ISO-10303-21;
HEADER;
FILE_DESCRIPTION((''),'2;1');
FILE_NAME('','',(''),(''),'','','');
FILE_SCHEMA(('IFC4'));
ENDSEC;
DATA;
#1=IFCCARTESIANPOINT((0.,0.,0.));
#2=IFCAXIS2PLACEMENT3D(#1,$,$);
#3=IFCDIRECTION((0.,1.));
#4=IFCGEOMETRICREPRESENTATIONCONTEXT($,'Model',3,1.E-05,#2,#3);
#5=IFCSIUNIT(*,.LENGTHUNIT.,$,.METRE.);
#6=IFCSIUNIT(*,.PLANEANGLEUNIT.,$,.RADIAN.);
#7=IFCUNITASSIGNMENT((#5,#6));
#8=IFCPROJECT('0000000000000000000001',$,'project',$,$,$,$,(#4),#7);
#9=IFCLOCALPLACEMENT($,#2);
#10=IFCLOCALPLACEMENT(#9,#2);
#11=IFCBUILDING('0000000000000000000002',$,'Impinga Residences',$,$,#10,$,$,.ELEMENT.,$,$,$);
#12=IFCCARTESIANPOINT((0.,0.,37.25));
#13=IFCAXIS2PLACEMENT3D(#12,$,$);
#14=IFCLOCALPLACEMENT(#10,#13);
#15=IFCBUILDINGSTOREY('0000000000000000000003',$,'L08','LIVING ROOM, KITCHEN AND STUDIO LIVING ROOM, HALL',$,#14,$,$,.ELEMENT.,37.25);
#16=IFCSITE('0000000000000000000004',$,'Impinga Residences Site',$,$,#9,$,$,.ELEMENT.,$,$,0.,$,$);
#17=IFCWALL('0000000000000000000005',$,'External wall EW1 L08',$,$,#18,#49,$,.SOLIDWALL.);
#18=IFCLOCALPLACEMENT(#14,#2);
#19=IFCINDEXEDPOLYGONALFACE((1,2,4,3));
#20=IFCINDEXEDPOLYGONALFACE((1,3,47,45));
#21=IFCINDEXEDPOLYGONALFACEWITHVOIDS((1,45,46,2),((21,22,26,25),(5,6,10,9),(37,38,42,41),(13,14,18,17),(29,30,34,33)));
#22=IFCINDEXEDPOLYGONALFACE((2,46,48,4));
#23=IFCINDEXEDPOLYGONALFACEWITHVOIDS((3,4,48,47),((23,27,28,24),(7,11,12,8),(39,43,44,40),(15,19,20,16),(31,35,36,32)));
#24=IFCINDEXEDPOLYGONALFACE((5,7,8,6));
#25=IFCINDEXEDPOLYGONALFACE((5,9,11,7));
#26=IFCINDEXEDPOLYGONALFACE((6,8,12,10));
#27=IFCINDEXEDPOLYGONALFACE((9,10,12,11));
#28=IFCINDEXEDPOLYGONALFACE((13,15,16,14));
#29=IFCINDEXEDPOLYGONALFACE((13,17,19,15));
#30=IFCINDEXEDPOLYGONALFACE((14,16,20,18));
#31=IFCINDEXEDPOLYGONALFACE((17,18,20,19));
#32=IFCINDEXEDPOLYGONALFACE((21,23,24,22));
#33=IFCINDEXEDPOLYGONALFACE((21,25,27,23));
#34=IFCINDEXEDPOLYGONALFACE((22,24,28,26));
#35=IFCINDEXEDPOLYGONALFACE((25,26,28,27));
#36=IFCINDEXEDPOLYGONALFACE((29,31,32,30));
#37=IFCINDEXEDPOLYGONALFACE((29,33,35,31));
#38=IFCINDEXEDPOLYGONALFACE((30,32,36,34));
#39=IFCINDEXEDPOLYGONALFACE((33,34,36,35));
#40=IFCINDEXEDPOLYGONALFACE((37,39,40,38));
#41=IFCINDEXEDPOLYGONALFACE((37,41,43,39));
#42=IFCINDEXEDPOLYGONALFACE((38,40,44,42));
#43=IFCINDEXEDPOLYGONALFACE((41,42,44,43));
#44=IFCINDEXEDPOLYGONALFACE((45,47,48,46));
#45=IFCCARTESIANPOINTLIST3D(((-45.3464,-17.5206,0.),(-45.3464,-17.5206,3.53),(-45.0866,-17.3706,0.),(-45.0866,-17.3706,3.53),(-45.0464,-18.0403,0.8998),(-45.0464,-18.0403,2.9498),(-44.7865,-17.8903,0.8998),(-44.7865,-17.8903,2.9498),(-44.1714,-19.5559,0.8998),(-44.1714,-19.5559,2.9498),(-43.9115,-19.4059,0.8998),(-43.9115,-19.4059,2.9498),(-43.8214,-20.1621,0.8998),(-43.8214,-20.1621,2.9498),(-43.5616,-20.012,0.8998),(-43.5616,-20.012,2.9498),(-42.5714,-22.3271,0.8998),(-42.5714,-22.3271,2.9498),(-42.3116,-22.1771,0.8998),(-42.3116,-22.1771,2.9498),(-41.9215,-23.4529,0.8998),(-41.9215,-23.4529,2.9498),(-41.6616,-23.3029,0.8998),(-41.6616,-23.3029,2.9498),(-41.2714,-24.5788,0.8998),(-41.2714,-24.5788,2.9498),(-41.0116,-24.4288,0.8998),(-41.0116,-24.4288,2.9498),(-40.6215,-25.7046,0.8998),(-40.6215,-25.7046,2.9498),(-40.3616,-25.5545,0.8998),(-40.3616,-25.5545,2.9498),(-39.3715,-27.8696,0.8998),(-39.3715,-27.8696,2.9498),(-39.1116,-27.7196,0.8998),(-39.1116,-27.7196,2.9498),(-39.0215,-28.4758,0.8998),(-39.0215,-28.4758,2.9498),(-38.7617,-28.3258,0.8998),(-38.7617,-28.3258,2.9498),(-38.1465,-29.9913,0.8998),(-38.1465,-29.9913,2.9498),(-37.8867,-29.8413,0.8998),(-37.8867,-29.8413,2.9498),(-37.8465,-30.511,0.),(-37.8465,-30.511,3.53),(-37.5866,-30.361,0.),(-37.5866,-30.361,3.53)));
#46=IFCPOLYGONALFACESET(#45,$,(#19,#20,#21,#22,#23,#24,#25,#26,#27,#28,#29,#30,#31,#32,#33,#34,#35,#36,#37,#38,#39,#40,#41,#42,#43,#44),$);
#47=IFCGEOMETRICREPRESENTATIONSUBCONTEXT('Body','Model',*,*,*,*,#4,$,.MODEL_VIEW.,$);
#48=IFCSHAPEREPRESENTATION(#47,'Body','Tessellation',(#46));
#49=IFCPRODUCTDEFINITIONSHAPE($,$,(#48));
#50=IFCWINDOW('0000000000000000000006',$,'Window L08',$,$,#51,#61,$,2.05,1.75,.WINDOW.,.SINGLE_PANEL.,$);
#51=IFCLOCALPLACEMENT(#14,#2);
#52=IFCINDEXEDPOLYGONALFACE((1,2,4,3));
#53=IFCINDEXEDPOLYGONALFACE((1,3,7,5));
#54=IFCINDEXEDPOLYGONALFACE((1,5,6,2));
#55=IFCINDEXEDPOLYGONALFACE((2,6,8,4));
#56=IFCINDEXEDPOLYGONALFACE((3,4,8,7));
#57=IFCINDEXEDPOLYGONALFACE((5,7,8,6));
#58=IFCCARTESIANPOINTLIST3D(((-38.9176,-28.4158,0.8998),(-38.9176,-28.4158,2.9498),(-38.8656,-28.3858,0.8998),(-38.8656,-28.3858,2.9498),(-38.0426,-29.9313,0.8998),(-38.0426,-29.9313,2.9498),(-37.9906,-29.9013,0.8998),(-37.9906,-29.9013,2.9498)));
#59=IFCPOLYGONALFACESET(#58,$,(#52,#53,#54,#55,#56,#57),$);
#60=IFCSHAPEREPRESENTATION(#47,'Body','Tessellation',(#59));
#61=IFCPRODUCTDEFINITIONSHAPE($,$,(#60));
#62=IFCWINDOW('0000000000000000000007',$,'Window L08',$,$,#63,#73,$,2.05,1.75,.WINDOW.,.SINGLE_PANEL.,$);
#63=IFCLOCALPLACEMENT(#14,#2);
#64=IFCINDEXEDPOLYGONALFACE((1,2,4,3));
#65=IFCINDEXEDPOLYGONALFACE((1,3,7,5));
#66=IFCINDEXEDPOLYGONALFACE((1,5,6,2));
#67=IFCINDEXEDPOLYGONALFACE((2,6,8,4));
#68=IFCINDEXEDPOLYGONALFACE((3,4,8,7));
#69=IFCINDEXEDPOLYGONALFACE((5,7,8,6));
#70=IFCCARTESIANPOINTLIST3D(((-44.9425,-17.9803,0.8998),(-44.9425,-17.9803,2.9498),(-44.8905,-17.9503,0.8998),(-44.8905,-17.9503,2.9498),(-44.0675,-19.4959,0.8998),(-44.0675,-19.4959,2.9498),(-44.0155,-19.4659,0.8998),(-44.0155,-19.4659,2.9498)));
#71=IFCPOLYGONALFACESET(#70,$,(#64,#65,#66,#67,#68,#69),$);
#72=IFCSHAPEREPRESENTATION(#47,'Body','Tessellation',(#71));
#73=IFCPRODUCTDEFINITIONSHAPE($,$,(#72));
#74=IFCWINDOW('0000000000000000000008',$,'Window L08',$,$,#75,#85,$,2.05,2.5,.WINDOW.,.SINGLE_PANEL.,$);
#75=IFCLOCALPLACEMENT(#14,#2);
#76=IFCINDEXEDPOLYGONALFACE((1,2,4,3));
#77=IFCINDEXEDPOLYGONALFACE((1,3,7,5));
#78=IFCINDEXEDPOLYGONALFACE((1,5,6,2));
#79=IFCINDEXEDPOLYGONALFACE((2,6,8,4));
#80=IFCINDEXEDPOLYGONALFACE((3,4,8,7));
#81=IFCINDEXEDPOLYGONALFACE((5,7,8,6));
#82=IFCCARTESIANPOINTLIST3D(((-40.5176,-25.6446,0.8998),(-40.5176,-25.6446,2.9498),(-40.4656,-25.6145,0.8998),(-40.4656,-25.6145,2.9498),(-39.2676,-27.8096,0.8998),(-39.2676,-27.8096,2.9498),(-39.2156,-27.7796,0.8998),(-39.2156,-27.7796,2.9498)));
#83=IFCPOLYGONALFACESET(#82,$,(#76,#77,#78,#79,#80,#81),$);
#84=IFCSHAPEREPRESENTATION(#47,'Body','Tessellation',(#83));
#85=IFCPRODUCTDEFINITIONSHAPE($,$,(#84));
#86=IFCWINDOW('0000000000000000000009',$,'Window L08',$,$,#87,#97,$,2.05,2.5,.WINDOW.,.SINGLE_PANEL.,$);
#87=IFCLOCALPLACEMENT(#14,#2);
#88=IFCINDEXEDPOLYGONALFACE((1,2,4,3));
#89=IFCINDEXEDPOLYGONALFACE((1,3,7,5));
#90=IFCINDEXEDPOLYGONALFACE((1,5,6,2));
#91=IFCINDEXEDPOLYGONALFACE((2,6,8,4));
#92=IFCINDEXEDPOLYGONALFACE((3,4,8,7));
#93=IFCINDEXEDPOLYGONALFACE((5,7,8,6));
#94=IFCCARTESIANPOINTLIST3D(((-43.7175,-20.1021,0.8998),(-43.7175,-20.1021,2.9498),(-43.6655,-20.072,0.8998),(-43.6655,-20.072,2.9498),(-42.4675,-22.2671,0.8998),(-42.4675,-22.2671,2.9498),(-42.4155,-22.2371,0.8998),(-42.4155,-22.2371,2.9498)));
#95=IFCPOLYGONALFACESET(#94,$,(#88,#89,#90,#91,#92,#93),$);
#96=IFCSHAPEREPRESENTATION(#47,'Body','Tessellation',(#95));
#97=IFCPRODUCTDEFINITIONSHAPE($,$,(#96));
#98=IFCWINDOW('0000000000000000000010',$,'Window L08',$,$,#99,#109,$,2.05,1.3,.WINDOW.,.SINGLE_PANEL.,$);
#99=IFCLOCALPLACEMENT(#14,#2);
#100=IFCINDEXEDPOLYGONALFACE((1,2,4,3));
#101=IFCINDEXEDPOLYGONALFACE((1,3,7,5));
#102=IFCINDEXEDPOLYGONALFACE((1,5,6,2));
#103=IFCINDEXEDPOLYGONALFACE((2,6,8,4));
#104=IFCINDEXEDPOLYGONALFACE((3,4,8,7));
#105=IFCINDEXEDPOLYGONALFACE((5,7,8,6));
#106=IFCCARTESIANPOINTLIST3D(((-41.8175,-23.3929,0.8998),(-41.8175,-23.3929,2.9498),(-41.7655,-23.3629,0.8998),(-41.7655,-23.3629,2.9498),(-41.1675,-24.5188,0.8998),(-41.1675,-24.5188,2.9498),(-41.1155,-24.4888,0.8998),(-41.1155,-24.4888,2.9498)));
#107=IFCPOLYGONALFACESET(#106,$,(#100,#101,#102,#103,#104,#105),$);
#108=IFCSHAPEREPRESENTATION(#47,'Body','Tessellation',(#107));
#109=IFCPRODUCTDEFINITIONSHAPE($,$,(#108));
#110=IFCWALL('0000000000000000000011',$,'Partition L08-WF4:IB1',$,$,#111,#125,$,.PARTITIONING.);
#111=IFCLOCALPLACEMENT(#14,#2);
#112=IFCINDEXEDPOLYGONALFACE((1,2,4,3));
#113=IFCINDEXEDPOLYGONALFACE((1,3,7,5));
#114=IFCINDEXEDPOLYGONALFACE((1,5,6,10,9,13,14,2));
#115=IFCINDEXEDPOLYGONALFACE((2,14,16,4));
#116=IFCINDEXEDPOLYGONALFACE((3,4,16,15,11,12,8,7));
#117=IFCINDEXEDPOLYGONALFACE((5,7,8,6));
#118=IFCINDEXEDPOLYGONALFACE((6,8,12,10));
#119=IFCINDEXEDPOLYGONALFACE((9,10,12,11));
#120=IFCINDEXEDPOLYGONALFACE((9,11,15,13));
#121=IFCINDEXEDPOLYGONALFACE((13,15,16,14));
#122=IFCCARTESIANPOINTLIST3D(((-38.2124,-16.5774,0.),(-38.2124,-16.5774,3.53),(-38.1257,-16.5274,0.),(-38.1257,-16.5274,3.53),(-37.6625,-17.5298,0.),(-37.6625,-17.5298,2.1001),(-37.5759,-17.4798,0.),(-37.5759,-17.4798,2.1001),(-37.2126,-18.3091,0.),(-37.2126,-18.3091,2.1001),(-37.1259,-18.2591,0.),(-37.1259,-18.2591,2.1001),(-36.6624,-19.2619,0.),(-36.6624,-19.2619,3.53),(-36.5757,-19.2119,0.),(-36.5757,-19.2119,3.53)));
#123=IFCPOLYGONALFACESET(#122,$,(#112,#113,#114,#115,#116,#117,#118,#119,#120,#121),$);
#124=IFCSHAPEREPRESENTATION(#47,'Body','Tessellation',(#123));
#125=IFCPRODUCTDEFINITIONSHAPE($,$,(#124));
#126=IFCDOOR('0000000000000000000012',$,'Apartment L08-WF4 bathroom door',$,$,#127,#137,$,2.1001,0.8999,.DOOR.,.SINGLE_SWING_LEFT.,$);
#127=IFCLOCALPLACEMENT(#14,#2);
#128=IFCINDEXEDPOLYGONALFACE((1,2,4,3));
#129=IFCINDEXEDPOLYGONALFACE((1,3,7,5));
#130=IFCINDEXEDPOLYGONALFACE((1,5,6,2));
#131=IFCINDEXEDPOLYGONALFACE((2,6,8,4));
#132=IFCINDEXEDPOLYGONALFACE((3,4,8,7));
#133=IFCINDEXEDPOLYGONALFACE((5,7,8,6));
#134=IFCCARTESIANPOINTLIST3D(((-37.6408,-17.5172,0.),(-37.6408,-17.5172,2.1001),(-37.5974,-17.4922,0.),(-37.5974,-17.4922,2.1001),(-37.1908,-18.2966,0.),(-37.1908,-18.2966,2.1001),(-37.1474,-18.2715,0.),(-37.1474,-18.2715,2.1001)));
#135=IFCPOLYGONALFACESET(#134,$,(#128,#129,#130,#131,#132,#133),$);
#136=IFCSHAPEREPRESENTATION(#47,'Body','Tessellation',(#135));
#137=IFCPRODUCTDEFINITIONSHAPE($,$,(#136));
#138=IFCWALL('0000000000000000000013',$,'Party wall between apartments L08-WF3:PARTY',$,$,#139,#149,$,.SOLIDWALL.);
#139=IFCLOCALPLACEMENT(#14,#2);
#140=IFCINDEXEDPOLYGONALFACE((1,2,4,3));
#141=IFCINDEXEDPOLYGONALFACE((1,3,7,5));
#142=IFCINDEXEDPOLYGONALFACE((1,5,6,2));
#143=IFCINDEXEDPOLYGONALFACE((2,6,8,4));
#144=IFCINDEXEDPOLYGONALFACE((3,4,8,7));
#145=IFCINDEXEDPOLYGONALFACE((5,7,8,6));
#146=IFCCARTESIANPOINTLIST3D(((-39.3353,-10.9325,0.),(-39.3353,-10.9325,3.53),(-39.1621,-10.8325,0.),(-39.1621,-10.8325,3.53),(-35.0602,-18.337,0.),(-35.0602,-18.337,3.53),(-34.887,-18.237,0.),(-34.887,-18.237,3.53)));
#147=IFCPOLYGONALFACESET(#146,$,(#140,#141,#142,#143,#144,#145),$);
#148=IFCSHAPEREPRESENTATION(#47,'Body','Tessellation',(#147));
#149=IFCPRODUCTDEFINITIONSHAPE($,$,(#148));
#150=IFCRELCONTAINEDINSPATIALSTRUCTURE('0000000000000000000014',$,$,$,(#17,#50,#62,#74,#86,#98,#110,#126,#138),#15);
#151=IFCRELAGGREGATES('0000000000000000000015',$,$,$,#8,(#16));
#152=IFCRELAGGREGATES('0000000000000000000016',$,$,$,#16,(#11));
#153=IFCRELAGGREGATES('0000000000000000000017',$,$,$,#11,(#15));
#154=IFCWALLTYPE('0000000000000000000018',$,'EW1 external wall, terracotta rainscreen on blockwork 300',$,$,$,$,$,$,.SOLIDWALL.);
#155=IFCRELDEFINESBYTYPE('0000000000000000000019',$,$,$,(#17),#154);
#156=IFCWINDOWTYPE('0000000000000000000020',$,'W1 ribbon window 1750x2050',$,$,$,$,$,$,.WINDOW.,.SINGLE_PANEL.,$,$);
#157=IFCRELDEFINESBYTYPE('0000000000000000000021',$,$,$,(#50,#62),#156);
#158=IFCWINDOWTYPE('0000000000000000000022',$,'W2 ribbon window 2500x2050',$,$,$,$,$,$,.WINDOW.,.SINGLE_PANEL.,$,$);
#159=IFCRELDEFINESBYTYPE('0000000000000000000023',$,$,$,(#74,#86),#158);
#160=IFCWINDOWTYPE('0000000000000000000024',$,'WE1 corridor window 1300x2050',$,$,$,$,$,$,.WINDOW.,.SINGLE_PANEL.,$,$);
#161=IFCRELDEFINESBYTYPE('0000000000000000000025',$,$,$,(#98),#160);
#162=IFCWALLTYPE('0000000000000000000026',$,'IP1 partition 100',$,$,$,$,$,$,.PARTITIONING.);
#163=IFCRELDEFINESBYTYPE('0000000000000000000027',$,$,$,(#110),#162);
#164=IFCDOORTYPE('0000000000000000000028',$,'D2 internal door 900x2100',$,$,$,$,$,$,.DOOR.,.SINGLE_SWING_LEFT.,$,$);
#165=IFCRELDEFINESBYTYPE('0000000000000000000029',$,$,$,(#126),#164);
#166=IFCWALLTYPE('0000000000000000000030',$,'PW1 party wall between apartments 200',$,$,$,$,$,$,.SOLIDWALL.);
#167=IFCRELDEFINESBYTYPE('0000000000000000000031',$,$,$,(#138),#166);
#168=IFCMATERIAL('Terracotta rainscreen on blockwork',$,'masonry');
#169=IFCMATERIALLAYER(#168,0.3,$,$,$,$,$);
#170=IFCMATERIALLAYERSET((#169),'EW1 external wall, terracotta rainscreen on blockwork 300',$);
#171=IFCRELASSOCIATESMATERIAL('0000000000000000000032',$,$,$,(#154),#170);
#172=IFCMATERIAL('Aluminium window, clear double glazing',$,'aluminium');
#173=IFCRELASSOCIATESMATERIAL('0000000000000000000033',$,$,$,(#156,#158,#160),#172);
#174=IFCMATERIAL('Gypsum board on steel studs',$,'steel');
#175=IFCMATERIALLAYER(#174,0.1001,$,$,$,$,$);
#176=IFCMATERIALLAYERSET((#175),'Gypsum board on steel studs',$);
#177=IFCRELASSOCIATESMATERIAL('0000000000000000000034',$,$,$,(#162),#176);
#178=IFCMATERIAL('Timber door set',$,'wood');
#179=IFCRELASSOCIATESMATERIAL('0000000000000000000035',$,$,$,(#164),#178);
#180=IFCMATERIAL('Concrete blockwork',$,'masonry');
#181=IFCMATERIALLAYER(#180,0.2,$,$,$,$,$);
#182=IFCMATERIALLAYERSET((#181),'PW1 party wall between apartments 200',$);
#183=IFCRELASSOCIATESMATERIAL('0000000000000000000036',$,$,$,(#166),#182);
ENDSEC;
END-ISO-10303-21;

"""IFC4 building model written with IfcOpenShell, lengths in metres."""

from ifc_helpers import new_model, si_unit, direction, frame, frame_2d, origin, place, context, subcontext, project, spatial, rectangle, extrude, material, layer, layer_set, type_object, element, fill, save


model = new_model("IFC4")

# Units and contexts
model_context = context("Model", 3, precision=1e-05, world=origin(), true_north=direction((0.0, 1.0)))
body_context = subcontext(model_context, "Body", "Model", "MODEL_VIEW")
ifc_project = project(units=[si_unit("LENGTHUNIT", "METRE"), si_unit("PLANEANGLEUNIT", "RADIAN")], contexts=[model_context])

# Site, building, storey
site_placement = place(None, origin())
site = spatial("IfcSite", under=ifc_project, at=site_placement, Name="Impinga Residences Site", CompositionType="ELEMENT", RefElevation=0.0)
building_placement = place(site_placement, origin())
building = spatial("IfcBuilding", under=site, at=building_placement, Name="Impinga Residences", CompositionType="ELEMENT")
storey_placement = place(building_placement, frame((0.0, 0.0, 37.25)))
storey = spatial("IfcBuildingStorey", under=building, at=storey_placement, Name="L08", Description="LIVING ROOM, KITCHEN AND STUDIO LIVING ROOM, HALL", CompositionType="ELEMENT", Elevation=37.25)

# Shared definitions
ifc_material_1 = material(Name="Terracotta rainscreen on blockwork", Category="masonry")
ifc_layer_1 = layer(ifc_material_1, 0.3)
ifc_layer_set_1 = layer_set([ifc_layer_1], Name="EW1 external wall, terracotta rainscreen on blockwork 300")
wall_type_1 = type_object("IfcWallType", Name="EW1 external wall, terracotta rainscreen on blockwork 300", PredefinedType="SOLIDWALL", material=ifc_layer_set_1)

# Wall, openings, windows
wall_1_placement = place(storey_placement, frame((-37.7166, -30.436, 0.0), z_axis=(0.0, 0.0, 1.0), x_axis=(-0.499997, 0.866027, 0.0)))
wall_1 = element("IfcWall", 1, at=wall_1_placement, inside=storey, type_object=wall_type_1, Name="External wall EW1 L08", PredefinedType="SOLIDWALL", context=body_context, shape_type="SweptSolid", body=[
    extrude(rectangle(XDim=15.0, YDim=0.3, at=frame_2d((7.5, 0.0))), origin(), (0.0, 0.0, 1.0), 3.53),
])
opening_1_placement = place(wall_1_placement, frame((0.6001, 0.0, 0.8999)))
opening_1 = element("IfcOpeningElement", 2, at=opening_1_placement, cuts=wall_1, PredefinedType="OPENING", context=body_context, shape_type="SweptSolid", body=[
    extrude(rectangle(XDim=1.75, YDim=2.05, at=frame_2d((0.875, 1.0249))), frame((0.0, 0.1599, 0.0), z_axis=(0.0, -1.0, 0.0), x_axis=(1.0, 0.0, 0.0)), (0.0, 0.0, 1.0), 0.3201),
])
opening_2_placement = place(wall_1_placement, frame((3.05, 0.0, 0.8999)))
opening_2 = element("IfcOpeningElement", 3, at=opening_2_placement, cuts=wall_1, PredefinedType="OPENING", context=body_context, shape_type="SweptSolid", body=[
    extrude(rectangle(XDim=2.5, YDim=2.05, at=frame_2d((1.25, 1.0249))), frame((0.0, 0.1599, 0.0), z_axis=(0.0, -1.0, 0.0), x_axis=(1.0, 0.0, 0.0)), (0.0, 0.0, 1.0), 0.3201),
])
opening_3_placement = place(wall_1_placement, frame((6.8501, 0.0, 0.8999)))
opening_3 = element("IfcOpeningElement", 4, at=opening_3_placement, cuts=wall_1, PredefinedType="OPENING", context=body_context, shape_type="SweptSolid", body=[
    extrude(rectangle(XDim=1.3, YDim=2.05, at=frame_2d((0.6499, 1.0249))), frame((0.0, 0.1599, 0.0), z_axis=(0.0, -1.0, 0.0), x_axis=(1.0, 0.0, 0.0)), (0.0, 0.0, 1.0), 0.3201),
])
opening_4_placement = place(wall_1_placement, frame((9.45, 0.0, 0.8999)))
opening_4 = element("IfcOpeningElement", 5, at=opening_4_placement, cuts=wall_1, PredefinedType="OPENING", context=body_context, shape_type="SweptSolid", body=[
    extrude(rectangle(XDim=2.5, YDim=2.05, at=frame_2d((1.25, 1.0249))), frame((0.0, 0.1599, 0.0), z_axis=(0.0, -1.0, 0.0), x_axis=(1.0, 0.0, 0.0)), (0.0, 0.0, 1.0), 0.3201),
])
opening_5_placement = place(wall_1_placement, frame((12.6499, 0.0, 0.8999)))
opening_5 = element("IfcOpeningElement", 6, at=opening_5_placement, cuts=wall_1, PredefinedType="OPENING", context=body_context, shape_type="SweptSolid", body=[
    extrude(rectangle(XDim=1.75, YDim=2.05, at=frame_2d((0.875, 1.0249))), frame((0.0, 0.1599, 0.0), z_axis=(0.0, -1.0, 0.0), x_axis=(1.0, 0.0, 0.0)), (0.0, 0.0, 1.0), 0.3201),
])
ifc_material_2 = material(Name="Aluminium window, clear double glazing", Category="aluminium")
window_type_1 = type_object("IfcWindowType", Name="W1 ribbon window 1750x2050", PartitioningType="SINGLE_PANEL", PredefinedType="WINDOW", material=ifc_material_2)
window_1_placement = place(opening_1_placement, origin())
window_1 = element("IfcWindow", 7, at=window_1_placement, inside=storey, type_object=window_type_1, Name="Window L08", OverallHeight=2.05, OverallWidth=1.75, PartitioningType="SINGLE_PANEL", PredefinedType="WINDOW", context=body_context, shape_type="SweptSolid", body=[
    extrude(rectangle(XDim=1.75, YDim=2.05, at=frame_2d((0.875, 1.0249))), frame((0.0, 0.03, 0.0), z_axis=(0.0, -1.0, 0.0), x_axis=(1.0, 0.0, 0.0)), (0.0, 0.0, 1.0), 0.0601),
])
fill(opening_1, window_1)
window_2_placement = place(opening_5_placement, origin())
window_2 = element("IfcWindow", 8, at=window_2_placement, inside=storey, type_object=window_type_1, Name="Window L08", OverallHeight=2.05, OverallWidth=1.75, PartitioningType="SINGLE_PANEL", PredefinedType="WINDOW", context=body_context, shape_type="SweptSolid", body=[
    extrude(rectangle(XDim=1.75, YDim=2.05, at=frame_2d((0.875, 1.0249))), frame((0.0, 0.03, 0.0), z_axis=(0.0, -1.0, 0.0), x_axis=(1.0, 0.0, 0.0)), (0.0, 0.0, 1.0), 0.0601),
])
fill(opening_5, window_2)
window_type_2 = type_object("IfcWindowType", Name="W2 ribbon window 2500x2050", PartitioningType="SINGLE_PANEL", PredefinedType="WINDOW", material=ifc_material_2)
window_3_placement = place(opening_2_placement, origin())
window_3 = element("IfcWindow", 9, at=window_3_placement, inside=storey, type_object=window_type_2, Name="Window L08", OverallHeight=2.05, OverallWidth=2.5, PartitioningType="SINGLE_PANEL", PredefinedType="WINDOW", context=body_context, shape_type="SweptSolid", body=[
    extrude(rectangle(XDim=2.5, YDim=2.05, at=frame_2d((1.25, 1.0249))), frame((0.0, 0.03, 0.0), z_axis=(0.0, -1.0, 0.0), x_axis=(1.0, 0.0, 0.0)), (0.0, 0.0, 1.0), 0.0601),
])
fill(opening_2, window_3)
window_4_placement = place(opening_4_placement, origin())
window_4 = element("IfcWindow", 10, at=window_4_placement, inside=storey, type_object=window_type_2, Name="Window L08", OverallHeight=2.05, OverallWidth=2.5, PartitioningType="SINGLE_PANEL", PredefinedType="WINDOW", context=body_context, shape_type="SweptSolid", body=[
    extrude(rectangle(XDim=2.5, YDim=2.05, at=frame_2d((1.25, 1.0249))), frame((0.0, 0.03, 0.0), z_axis=(0.0, -1.0, 0.0), x_axis=(1.0, 0.0, 0.0)), (0.0, 0.0, 1.0), 0.0601),
])
fill(opening_4, window_4)
window_type_3 = type_object("IfcWindowType", Name="WE1 corridor window 1300x2050", PartitioningType="SINGLE_PANEL", PredefinedType="WINDOW", material=ifc_material_2)
window_5_placement = place(opening_3_placement, origin())
window_5 = element("IfcWindow", 11, at=window_5_placement, inside=storey, type_object=window_type_3, Name="Window L08", OverallHeight=2.05, OverallWidth=1.3, PartitioningType="SINGLE_PANEL", PredefinedType="WINDOW", context=body_context, shape_type="SweptSolid", body=[
    extrude(rectangle(XDim=1.3, YDim=2.05, at=frame_2d((0.6499, 1.0249))), frame((0.0, 0.03, 0.0), z_axis=(0.0, -1.0, 0.0), x_axis=(1.0, 0.0, 0.0)), (0.0, 0.0, 1.0), 0.0601),
])
fill(opening_3, window_5)

# Wall, opening, door
ifc_material_3 = material(Name="Gypsum board on steel studs", Category="steel")
ifc_layer_2 = layer(ifc_material_3, 0.1001)
ifc_layer_set_2 = layer_set([ifc_layer_2], Name="Gypsum board on steel studs")
wall_type_2 = type_object("IfcWallType", Name="IP1 partition 100", PredefinedType="PARTITIONING", material=ifc_layer_set_2)
wall_2_placement = place(storey_placement, frame((-36.6191, -19.2368, 0.0), z_axis=(0.0, 0.0, 1.0), x_axis=(-0.500027, 0.86601, 0.0)))
wall_2 = element("IfcWall", 12, at=wall_2_placement, inside=storey, type_object=wall_type_2, Name="Partition L08-WF4:IB1", PredefinedType="PARTITIONING", context=body_context, shape_type="SweptSolid", body=[
    extrude(rectangle(XDim=3.0999, YDim=0.1001, at=frame_2d((1.5498, 0.0))), origin(), (0.0, 0.0, 1.0), 3.53),
])
opening_6_placement = place(wall_2_placement, frame((1.1001, 0.0, 0.0)))
opening_6 = element("IfcOpeningElement", 13, at=opening_6_placement, cuts=wall_2, PredefinedType="OPENING", context=body_context, shape_type="SweptSolid", body=[
    extrude(rectangle(XDim=0.8999, YDim=2.1001, at=frame_2d((0.45, 1.05))), frame((0.0, 0.0601, 0.0), z_axis=(0.0, -1.0, 0.0), x_axis=(1.0, 0.0, 0.0)), (0.0, 0.0, 1.0), 0.1201),
])
ifc_material_4 = material(Name="Timber door set", Category="wood")
door_type = type_object("IfcDoorType", Name="D2 internal door 900x2100", OperationType="SINGLE_SWING_LEFT", PredefinedType="DOOR", material=ifc_material_4)
door_placement = place(opening_6_placement, origin())
door = element("IfcDoor", 14, at=door_placement, inside=storey, type_object=door_type, Name="Apartment L08-WF4 bathroom door", OperationType="SINGLE_SWING_LEFT", OverallHeight=2.1001, OverallWidth=0.8999, PredefinedType="DOOR", context=body_context, shape_type="SweptSolid", body=[
    extrude(rectangle(XDim=0.8999, YDim=2.1001, at=frame_2d((0.45, 1.05))), frame((0.0, 0.0249, 0.0), z_axis=(0.0, -1.0, 0.0), x_axis=(1.0, 0.0, 0.0)), (0.0, 0.0, 1.0), 0.05),
])
fill(opening_6, door)

# Wall
ifc_material_5 = material(Name="Concrete blockwork", Category="masonry")
ifc_layer_3 = layer(ifc_material_5, 0.2)
ifc_layer_set_3 = layer_set([ifc_layer_3], Name="PW1 party wall between apartments 200")
wall_type_3 = type_object("IfcWallType", Name="PW1 party wall between apartments 200", PredefinedType="SOLIDWALL", material=ifc_layer_set_3)
wall_3_placement = place(storey_placement, frame((-34.9736, -18.2869, 0.0), z_axis=(0.0, 0.0, 1.0), x_axis=(-0.500012, 0.866019, 0.0)))
element("IfcWall", 15, at=wall_3_placement, inside=storey, type_object=wall_type_3, Name="Party wall between apartments L08-WF3:PARTY", PredefinedType="SOLIDWALL", context=body_context, shape_type="SweptSolid", body=[
    extrude(rectangle(XDim=8.55, YDim=0.2, at=frame_2d((4.2749, 0.0))), origin(), (0.0, 0.0, 1.0), 3.53),
])

save(model, "model.ifc")
